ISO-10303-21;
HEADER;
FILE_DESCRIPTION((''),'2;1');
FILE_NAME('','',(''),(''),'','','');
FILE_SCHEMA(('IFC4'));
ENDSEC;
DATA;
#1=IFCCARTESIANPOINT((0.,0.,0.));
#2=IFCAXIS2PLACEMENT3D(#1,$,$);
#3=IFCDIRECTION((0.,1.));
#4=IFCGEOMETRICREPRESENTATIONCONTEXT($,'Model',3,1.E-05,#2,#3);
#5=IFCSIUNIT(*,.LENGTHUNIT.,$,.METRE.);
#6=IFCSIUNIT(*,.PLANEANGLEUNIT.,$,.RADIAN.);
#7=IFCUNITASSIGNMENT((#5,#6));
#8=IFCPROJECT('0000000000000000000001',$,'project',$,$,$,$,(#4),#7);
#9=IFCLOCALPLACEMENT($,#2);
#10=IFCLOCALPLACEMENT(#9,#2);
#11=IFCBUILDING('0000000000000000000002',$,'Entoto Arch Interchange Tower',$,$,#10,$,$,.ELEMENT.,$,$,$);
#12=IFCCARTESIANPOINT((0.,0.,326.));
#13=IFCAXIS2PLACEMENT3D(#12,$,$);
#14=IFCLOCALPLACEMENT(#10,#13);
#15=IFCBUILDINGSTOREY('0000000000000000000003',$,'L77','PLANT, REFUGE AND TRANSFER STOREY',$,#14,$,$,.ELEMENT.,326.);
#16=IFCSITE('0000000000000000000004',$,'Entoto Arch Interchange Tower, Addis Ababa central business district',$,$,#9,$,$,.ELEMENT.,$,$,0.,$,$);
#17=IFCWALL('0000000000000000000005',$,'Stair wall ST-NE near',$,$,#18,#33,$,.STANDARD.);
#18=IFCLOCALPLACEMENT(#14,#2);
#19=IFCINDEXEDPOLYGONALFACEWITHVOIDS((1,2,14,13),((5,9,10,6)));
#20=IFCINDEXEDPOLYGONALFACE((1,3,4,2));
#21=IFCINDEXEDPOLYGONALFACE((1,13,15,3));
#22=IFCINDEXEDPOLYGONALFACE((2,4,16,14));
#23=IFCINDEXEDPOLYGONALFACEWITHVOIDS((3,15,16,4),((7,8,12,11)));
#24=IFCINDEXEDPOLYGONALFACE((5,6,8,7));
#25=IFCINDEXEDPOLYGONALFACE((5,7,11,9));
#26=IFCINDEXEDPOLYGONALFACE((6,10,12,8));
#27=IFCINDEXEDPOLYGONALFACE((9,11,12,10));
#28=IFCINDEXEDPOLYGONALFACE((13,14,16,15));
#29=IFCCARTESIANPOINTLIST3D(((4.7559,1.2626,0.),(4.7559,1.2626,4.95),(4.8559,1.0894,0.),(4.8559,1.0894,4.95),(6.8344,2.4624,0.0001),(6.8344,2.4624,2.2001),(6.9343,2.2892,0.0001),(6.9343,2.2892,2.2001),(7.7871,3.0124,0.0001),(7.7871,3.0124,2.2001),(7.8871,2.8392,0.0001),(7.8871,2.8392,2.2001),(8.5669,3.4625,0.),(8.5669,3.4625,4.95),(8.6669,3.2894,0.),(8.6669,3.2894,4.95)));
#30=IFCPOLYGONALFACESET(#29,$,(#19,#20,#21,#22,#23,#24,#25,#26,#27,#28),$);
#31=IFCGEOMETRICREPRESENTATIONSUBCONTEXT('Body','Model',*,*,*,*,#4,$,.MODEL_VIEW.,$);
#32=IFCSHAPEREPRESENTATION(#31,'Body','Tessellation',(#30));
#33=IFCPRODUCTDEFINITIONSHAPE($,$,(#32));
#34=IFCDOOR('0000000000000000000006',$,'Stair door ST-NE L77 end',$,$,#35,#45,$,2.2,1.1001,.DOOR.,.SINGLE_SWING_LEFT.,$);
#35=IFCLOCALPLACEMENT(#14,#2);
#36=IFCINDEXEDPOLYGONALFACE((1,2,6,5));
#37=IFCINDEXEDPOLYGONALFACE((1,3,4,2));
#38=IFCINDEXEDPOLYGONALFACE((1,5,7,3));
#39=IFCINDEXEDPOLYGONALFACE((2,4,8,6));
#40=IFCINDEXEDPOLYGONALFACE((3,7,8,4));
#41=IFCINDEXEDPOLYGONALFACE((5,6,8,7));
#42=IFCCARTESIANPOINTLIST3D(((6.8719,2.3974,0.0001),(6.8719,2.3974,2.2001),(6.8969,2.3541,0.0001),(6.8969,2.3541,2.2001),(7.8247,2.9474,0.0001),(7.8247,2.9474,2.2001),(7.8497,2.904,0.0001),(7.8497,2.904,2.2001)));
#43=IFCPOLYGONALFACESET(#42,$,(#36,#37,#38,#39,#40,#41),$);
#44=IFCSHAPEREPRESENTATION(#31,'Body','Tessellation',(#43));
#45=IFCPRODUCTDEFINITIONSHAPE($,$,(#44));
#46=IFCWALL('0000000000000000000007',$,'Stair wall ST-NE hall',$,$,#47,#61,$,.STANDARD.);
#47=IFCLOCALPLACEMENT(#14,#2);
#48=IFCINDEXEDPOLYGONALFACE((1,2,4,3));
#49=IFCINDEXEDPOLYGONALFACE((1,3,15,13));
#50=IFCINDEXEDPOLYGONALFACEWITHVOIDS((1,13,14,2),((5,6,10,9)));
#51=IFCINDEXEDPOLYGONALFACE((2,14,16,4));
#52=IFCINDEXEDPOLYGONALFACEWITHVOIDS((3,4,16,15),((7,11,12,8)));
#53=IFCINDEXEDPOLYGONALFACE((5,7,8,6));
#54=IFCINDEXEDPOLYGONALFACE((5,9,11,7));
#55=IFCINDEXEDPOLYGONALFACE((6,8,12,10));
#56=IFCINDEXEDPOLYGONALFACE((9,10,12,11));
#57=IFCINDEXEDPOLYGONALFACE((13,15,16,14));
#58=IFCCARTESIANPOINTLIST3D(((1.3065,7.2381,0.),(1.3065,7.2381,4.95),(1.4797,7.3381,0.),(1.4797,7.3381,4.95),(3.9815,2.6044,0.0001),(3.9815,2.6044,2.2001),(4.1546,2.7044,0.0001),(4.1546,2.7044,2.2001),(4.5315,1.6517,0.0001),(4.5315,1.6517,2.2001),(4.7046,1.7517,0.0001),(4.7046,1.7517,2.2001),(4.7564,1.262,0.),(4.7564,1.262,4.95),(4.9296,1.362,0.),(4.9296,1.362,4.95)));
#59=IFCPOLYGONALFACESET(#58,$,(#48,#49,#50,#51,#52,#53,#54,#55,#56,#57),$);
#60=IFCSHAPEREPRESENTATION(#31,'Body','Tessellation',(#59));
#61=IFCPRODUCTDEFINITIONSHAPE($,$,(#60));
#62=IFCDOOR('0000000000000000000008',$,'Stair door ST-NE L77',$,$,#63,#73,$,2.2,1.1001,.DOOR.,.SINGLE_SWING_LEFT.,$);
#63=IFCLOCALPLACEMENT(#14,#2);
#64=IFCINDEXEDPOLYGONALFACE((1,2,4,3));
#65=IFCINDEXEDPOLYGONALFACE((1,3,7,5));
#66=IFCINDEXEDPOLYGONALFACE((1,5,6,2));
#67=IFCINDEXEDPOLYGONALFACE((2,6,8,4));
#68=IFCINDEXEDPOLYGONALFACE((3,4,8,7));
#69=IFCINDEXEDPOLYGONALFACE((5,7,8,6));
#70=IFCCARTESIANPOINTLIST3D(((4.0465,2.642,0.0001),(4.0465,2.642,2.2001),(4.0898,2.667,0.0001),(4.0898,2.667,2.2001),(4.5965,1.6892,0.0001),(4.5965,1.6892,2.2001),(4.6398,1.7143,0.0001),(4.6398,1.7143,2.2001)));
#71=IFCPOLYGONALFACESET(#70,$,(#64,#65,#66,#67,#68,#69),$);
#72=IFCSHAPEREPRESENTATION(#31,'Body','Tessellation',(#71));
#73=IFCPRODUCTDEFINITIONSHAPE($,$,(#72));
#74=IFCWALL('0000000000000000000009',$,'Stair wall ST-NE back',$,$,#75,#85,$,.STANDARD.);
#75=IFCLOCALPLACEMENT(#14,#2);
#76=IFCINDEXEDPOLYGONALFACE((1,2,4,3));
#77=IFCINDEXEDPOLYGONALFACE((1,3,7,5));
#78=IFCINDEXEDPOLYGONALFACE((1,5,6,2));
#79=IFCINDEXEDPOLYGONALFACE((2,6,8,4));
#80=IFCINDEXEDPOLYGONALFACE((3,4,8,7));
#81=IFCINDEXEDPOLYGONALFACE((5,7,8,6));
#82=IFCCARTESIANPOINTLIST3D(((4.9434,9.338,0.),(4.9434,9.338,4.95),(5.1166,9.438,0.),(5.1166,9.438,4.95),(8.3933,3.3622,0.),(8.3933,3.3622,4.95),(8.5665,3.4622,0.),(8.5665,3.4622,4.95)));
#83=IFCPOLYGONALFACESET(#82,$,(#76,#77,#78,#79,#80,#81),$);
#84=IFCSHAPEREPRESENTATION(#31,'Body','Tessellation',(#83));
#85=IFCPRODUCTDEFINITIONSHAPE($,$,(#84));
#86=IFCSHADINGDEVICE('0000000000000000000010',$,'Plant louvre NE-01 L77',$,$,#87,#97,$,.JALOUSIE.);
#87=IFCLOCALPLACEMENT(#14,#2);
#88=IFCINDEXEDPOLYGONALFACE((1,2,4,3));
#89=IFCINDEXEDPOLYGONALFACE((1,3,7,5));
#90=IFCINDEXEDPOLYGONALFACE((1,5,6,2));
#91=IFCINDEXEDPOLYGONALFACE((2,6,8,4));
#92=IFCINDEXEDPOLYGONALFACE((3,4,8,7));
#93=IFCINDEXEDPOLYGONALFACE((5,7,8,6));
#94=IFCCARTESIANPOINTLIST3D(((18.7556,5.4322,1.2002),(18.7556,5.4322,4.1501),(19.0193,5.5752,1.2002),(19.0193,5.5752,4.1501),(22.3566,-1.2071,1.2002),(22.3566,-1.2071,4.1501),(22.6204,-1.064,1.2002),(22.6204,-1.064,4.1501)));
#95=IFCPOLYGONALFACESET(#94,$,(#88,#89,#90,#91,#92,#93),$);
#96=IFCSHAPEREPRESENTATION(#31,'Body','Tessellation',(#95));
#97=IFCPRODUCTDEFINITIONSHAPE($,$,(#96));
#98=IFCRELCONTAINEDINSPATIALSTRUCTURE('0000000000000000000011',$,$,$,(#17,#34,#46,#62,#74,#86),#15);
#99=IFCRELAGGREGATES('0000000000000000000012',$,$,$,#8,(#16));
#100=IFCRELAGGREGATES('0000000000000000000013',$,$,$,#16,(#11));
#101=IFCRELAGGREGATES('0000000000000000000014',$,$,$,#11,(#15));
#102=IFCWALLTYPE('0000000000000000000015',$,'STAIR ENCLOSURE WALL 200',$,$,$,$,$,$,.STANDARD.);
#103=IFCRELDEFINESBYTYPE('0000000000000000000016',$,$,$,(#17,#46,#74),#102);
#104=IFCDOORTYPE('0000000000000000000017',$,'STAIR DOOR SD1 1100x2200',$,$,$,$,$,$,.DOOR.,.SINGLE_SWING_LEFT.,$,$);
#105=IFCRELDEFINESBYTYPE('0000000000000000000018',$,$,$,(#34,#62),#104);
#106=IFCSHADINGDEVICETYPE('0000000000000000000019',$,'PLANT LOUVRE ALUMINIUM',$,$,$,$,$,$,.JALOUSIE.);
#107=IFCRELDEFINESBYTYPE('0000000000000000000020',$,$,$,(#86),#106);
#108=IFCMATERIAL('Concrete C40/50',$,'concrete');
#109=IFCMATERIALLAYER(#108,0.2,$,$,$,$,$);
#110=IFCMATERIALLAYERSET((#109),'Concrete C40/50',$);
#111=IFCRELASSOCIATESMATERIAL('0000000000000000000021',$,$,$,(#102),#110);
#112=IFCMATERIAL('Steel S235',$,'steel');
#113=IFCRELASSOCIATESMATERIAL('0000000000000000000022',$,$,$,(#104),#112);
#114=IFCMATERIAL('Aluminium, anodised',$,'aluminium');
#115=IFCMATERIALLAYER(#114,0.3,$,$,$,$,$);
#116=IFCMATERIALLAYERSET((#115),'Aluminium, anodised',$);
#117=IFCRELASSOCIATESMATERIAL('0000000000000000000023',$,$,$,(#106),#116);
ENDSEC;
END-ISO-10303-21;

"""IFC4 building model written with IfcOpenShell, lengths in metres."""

from ifc_helpers import new_model, si_unit, direction, frame, frame_2d, origin, origin_2d, place, context, subcontext, project, spatial, rectangle, extrude, material, layer, layer_set, type_object, element, fill, save


model = new_model("IFC4")

# Units and contexts
model_context = context("Model", 3, precision=1e-05, world=origin(), true_north=direction((0.0, 1.0)))
body_context = subcontext(model_context, "Body", "Model", "MODEL_VIEW")
ifc_project = project(units=[si_unit("LENGTHUNIT", "METRE"), si_unit("PLANEANGLEUNIT", "RADIAN")], contexts=[model_context])

# Site, building, storey
site_placement = place(None, origin())
site = spatial("IfcSite", under=ifc_project, at=site_placement, Name="Entoto Arch Interchange Tower, Addis Ababa central business district", CompositionType="ELEMENT", RefElevation=0.0)
building_placement = place(site_placement, origin())
building = spatial("IfcBuilding", under=site, at=building_placement, Name="Entoto Arch Interchange Tower", CompositionType="ELEMENT")
storey_placement = place(building_placement, frame((0.0, 0.0, 326.0)))
storey = spatial("IfcBuildingStorey", under=building, at=storey_placement, Name="L77", Description="PLANT, REFUGE AND TRANSFER STOREY", CompositionType="ELEMENT", Elevation=326.0)

# Shared definitions
ifc_material_1 = material(Name="Concrete C40/50", Category="concrete")

# Walls, openings, doors
ifc_layer_1 = layer(ifc_material_1, 0.2)
ifc_layer_set_1 = layer_set([ifc_layer_1], Name="Concrete C40/50")
wall_type_1 = type_object("IfcWallType", Name="STAIR ENCLOSURE WALL 200", PredefinedType="STANDARD", material=ifc_layer_set_1)
wall_1_placement = place(storey_placement, frame((4.8059, 1.176, 0.0), z_axis=(0.0, 0.0, 1.0), x_axis=(0.86606, 0.49994, 0.0)))
wall_1 = element("IfcWall", 1, at=wall_1_placement, inside=storey, type_object=wall_type_1, Name="Stair wall ST-NE near", PredefinedType="STANDARD", context=body_context, shape_type="SweptSolid", body=[
    extrude(rectangle(XDim=4.4004, YDim=0.2, at=frame_2d((2.2002, 0.0))), origin(), (0.0, 0.0, 1.0), 4.95),
])
opening_1_placement = place(wall_1_placement, frame((2.3999, 0.0, 0.0)))
opening_1 = element("IfcOpeningElement", 2, at=opening_1_placement, cuts=wall_1, PredefinedType="OPENING", context=body_context, shape_type="SweptSolid", body=[
    extrude(rectangle(XDim=1.1001, YDim=2.2, at=frame_2d((0.55, 1.1001))), frame((0.0, 0.1099, 0.0), z_axis=(0.0, -1.0, 0.0), x_axis=(1.0, 0.0, 0.0)), (0.0, 0.0, 1.0), 0.22),
])
ifc_material_2 = material(Name="Steel S235", Category="steel")
door_type_1 = type_object("IfcDoorType", Name="STAIR DOOR SD1 1100x2200", OperationType="SINGLE_SWING_LEFT", PredefinedType="DOOR", material=ifc_material_2)
door_1_placement = place(opening_1_placement, origin())
door_1 = element("IfcDoor", 3, at=door_1_placement, inside=storey, type_object=door_type_1, Name="Stair door ST-NE L77 end", OperationType="SINGLE_SWING_LEFT", OverallHeight=2.2, OverallWidth=1.1001, PredefinedType="DOOR", context=body_context, shape_type="SweptSolid", body=[
    extrude(rectangle(XDim=1.1001, YDim=2.2, at=frame_2d((0.55, 1.1001))), frame((0.0, 0.0249, 0.0), z_axis=(0.0, -1.0, 0.0), x_axis=(1.0, 0.0, 0.0)), (0.0, 0.0, 1.0), 0.05),
])
fill(opening_1, door_1)
wall_2_placement = place(storey_placement, frame((4.843, 1.312, 0.0), z_axis=(0.0, 0.0, 1.0), x_axis=(-0.499963, 0.866047, 0.0)))
wall_2 = element("IfcWall", 4, at=wall_2_placement, inside=storey, type_object=wall_type_1, Name="Stair wall ST-NE hall", PredefinedType="STANDARD", context=body_context, shape_type="SweptSolid", body=[
    extrude(rectangle(XDim=6.9004, YDim=0.2, at=frame_2d((3.4502, 0.0))), origin(), (0.0, 0.0, 1.0), 4.95),
])
opening_2_placement = place(wall_2_placement, frame((0.45, 0.0, 0.0)))
opening_2 = element("IfcOpeningElement", 5, at=opening_2_placement, cuts=wall_2, PredefinedType="OPENING", context=body_context, shape_type="SweptSolid", body=[
    extrude(rectangle(XDim=1.1001, YDim=2.2, at=frame_2d((0.55, 1.1001))), frame((0.0, 0.1099, 0.0), z_axis=(0.0, -1.0, 0.0), x_axis=(1.0, 0.0, 0.0)), (0.0, 0.0, 1.0), 0.22),
])
door_2_placement = place(opening_2_placement, origin())
door_2 = element("IfcDoor", 6, at=door_2_placement, inside=storey, type_object=door_type_1, Name="Stair door ST-NE L77", OperationType="SINGLE_SWING_LEFT", OverallHeight=2.2, OverallWidth=1.1001, PredefinedType="DOOR", context=body_context, shape_type="SweptSolid", body=[
    extrude(rectangle(XDim=1.1001, YDim=2.2, at=frame_2d((0.55, 1.1001))), frame((0.0, 0.0249, 0.0), z_axis=(0.0, -1.0, 0.0), x_axis=(1.0, 0.0, 0.0)), (0.0, 0.0, 1.0), 0.05),
])
fill(opening_2, door_2)

# Wall
wall_3_placement = place(storey_placement, frame((8.48, 3.4121, 0.0), z_axis=(0.0, 0.0, 1.0), x_axis=(-0.499979, 0.866038, 0.0)))
element("IfcWall", 7, at=wall_3_placement, inside=storey, type_object=wall_type_1, Name="Stair wall ST-NE back", PredefinedType="STANDARD", context=body_context, shape_type="SweptSolid", body=[
    extrude(rectangle(XDim=6.9001, YDim=0.2, at=frame_2d((3.4502, 0.0))), origin(), (0.0, 0.0, 1.0), 4.95),
])

# Shading device
ifc_material_3 = material(Name="Aluminium, anodised", Category="aluminium")
ifc_layer_2 = layer(ifc_material_3, 0.3)
ifc_layer_set_2 = layer_set([ifc_layer_2], Name="Aluminium, anodised")
shading_device_type = type_object("IfcShadingDeviceType", Name="PLANT LOUVRE ALUMINIUM", PredefinedType="JALOUSIE", material=ifc_layer_set_2)
shading_device_placement = place(storey_placement, frame((20.688, 2.1841, 1.2002), z_axis=(0.0, 0.0, 1.0), x_axis=(-0.476775, 0.879025, 0.0)))
element("IfcShadingDevice", 8, at=shading_device_placement, inside=storey, type_object=shading_device_type, Name="Plant louvre NE-01 L77", PredefinedType="JALOUSIE", context=body_context, shape_type="SweptSolid", body=[
    extrude(rectangle(XDim=7.553, YDim=0.3, at=origin_2d()), origin(), (0.0, 0.0, 1.0), 2.95),
])

save(model, "model.ifc")
